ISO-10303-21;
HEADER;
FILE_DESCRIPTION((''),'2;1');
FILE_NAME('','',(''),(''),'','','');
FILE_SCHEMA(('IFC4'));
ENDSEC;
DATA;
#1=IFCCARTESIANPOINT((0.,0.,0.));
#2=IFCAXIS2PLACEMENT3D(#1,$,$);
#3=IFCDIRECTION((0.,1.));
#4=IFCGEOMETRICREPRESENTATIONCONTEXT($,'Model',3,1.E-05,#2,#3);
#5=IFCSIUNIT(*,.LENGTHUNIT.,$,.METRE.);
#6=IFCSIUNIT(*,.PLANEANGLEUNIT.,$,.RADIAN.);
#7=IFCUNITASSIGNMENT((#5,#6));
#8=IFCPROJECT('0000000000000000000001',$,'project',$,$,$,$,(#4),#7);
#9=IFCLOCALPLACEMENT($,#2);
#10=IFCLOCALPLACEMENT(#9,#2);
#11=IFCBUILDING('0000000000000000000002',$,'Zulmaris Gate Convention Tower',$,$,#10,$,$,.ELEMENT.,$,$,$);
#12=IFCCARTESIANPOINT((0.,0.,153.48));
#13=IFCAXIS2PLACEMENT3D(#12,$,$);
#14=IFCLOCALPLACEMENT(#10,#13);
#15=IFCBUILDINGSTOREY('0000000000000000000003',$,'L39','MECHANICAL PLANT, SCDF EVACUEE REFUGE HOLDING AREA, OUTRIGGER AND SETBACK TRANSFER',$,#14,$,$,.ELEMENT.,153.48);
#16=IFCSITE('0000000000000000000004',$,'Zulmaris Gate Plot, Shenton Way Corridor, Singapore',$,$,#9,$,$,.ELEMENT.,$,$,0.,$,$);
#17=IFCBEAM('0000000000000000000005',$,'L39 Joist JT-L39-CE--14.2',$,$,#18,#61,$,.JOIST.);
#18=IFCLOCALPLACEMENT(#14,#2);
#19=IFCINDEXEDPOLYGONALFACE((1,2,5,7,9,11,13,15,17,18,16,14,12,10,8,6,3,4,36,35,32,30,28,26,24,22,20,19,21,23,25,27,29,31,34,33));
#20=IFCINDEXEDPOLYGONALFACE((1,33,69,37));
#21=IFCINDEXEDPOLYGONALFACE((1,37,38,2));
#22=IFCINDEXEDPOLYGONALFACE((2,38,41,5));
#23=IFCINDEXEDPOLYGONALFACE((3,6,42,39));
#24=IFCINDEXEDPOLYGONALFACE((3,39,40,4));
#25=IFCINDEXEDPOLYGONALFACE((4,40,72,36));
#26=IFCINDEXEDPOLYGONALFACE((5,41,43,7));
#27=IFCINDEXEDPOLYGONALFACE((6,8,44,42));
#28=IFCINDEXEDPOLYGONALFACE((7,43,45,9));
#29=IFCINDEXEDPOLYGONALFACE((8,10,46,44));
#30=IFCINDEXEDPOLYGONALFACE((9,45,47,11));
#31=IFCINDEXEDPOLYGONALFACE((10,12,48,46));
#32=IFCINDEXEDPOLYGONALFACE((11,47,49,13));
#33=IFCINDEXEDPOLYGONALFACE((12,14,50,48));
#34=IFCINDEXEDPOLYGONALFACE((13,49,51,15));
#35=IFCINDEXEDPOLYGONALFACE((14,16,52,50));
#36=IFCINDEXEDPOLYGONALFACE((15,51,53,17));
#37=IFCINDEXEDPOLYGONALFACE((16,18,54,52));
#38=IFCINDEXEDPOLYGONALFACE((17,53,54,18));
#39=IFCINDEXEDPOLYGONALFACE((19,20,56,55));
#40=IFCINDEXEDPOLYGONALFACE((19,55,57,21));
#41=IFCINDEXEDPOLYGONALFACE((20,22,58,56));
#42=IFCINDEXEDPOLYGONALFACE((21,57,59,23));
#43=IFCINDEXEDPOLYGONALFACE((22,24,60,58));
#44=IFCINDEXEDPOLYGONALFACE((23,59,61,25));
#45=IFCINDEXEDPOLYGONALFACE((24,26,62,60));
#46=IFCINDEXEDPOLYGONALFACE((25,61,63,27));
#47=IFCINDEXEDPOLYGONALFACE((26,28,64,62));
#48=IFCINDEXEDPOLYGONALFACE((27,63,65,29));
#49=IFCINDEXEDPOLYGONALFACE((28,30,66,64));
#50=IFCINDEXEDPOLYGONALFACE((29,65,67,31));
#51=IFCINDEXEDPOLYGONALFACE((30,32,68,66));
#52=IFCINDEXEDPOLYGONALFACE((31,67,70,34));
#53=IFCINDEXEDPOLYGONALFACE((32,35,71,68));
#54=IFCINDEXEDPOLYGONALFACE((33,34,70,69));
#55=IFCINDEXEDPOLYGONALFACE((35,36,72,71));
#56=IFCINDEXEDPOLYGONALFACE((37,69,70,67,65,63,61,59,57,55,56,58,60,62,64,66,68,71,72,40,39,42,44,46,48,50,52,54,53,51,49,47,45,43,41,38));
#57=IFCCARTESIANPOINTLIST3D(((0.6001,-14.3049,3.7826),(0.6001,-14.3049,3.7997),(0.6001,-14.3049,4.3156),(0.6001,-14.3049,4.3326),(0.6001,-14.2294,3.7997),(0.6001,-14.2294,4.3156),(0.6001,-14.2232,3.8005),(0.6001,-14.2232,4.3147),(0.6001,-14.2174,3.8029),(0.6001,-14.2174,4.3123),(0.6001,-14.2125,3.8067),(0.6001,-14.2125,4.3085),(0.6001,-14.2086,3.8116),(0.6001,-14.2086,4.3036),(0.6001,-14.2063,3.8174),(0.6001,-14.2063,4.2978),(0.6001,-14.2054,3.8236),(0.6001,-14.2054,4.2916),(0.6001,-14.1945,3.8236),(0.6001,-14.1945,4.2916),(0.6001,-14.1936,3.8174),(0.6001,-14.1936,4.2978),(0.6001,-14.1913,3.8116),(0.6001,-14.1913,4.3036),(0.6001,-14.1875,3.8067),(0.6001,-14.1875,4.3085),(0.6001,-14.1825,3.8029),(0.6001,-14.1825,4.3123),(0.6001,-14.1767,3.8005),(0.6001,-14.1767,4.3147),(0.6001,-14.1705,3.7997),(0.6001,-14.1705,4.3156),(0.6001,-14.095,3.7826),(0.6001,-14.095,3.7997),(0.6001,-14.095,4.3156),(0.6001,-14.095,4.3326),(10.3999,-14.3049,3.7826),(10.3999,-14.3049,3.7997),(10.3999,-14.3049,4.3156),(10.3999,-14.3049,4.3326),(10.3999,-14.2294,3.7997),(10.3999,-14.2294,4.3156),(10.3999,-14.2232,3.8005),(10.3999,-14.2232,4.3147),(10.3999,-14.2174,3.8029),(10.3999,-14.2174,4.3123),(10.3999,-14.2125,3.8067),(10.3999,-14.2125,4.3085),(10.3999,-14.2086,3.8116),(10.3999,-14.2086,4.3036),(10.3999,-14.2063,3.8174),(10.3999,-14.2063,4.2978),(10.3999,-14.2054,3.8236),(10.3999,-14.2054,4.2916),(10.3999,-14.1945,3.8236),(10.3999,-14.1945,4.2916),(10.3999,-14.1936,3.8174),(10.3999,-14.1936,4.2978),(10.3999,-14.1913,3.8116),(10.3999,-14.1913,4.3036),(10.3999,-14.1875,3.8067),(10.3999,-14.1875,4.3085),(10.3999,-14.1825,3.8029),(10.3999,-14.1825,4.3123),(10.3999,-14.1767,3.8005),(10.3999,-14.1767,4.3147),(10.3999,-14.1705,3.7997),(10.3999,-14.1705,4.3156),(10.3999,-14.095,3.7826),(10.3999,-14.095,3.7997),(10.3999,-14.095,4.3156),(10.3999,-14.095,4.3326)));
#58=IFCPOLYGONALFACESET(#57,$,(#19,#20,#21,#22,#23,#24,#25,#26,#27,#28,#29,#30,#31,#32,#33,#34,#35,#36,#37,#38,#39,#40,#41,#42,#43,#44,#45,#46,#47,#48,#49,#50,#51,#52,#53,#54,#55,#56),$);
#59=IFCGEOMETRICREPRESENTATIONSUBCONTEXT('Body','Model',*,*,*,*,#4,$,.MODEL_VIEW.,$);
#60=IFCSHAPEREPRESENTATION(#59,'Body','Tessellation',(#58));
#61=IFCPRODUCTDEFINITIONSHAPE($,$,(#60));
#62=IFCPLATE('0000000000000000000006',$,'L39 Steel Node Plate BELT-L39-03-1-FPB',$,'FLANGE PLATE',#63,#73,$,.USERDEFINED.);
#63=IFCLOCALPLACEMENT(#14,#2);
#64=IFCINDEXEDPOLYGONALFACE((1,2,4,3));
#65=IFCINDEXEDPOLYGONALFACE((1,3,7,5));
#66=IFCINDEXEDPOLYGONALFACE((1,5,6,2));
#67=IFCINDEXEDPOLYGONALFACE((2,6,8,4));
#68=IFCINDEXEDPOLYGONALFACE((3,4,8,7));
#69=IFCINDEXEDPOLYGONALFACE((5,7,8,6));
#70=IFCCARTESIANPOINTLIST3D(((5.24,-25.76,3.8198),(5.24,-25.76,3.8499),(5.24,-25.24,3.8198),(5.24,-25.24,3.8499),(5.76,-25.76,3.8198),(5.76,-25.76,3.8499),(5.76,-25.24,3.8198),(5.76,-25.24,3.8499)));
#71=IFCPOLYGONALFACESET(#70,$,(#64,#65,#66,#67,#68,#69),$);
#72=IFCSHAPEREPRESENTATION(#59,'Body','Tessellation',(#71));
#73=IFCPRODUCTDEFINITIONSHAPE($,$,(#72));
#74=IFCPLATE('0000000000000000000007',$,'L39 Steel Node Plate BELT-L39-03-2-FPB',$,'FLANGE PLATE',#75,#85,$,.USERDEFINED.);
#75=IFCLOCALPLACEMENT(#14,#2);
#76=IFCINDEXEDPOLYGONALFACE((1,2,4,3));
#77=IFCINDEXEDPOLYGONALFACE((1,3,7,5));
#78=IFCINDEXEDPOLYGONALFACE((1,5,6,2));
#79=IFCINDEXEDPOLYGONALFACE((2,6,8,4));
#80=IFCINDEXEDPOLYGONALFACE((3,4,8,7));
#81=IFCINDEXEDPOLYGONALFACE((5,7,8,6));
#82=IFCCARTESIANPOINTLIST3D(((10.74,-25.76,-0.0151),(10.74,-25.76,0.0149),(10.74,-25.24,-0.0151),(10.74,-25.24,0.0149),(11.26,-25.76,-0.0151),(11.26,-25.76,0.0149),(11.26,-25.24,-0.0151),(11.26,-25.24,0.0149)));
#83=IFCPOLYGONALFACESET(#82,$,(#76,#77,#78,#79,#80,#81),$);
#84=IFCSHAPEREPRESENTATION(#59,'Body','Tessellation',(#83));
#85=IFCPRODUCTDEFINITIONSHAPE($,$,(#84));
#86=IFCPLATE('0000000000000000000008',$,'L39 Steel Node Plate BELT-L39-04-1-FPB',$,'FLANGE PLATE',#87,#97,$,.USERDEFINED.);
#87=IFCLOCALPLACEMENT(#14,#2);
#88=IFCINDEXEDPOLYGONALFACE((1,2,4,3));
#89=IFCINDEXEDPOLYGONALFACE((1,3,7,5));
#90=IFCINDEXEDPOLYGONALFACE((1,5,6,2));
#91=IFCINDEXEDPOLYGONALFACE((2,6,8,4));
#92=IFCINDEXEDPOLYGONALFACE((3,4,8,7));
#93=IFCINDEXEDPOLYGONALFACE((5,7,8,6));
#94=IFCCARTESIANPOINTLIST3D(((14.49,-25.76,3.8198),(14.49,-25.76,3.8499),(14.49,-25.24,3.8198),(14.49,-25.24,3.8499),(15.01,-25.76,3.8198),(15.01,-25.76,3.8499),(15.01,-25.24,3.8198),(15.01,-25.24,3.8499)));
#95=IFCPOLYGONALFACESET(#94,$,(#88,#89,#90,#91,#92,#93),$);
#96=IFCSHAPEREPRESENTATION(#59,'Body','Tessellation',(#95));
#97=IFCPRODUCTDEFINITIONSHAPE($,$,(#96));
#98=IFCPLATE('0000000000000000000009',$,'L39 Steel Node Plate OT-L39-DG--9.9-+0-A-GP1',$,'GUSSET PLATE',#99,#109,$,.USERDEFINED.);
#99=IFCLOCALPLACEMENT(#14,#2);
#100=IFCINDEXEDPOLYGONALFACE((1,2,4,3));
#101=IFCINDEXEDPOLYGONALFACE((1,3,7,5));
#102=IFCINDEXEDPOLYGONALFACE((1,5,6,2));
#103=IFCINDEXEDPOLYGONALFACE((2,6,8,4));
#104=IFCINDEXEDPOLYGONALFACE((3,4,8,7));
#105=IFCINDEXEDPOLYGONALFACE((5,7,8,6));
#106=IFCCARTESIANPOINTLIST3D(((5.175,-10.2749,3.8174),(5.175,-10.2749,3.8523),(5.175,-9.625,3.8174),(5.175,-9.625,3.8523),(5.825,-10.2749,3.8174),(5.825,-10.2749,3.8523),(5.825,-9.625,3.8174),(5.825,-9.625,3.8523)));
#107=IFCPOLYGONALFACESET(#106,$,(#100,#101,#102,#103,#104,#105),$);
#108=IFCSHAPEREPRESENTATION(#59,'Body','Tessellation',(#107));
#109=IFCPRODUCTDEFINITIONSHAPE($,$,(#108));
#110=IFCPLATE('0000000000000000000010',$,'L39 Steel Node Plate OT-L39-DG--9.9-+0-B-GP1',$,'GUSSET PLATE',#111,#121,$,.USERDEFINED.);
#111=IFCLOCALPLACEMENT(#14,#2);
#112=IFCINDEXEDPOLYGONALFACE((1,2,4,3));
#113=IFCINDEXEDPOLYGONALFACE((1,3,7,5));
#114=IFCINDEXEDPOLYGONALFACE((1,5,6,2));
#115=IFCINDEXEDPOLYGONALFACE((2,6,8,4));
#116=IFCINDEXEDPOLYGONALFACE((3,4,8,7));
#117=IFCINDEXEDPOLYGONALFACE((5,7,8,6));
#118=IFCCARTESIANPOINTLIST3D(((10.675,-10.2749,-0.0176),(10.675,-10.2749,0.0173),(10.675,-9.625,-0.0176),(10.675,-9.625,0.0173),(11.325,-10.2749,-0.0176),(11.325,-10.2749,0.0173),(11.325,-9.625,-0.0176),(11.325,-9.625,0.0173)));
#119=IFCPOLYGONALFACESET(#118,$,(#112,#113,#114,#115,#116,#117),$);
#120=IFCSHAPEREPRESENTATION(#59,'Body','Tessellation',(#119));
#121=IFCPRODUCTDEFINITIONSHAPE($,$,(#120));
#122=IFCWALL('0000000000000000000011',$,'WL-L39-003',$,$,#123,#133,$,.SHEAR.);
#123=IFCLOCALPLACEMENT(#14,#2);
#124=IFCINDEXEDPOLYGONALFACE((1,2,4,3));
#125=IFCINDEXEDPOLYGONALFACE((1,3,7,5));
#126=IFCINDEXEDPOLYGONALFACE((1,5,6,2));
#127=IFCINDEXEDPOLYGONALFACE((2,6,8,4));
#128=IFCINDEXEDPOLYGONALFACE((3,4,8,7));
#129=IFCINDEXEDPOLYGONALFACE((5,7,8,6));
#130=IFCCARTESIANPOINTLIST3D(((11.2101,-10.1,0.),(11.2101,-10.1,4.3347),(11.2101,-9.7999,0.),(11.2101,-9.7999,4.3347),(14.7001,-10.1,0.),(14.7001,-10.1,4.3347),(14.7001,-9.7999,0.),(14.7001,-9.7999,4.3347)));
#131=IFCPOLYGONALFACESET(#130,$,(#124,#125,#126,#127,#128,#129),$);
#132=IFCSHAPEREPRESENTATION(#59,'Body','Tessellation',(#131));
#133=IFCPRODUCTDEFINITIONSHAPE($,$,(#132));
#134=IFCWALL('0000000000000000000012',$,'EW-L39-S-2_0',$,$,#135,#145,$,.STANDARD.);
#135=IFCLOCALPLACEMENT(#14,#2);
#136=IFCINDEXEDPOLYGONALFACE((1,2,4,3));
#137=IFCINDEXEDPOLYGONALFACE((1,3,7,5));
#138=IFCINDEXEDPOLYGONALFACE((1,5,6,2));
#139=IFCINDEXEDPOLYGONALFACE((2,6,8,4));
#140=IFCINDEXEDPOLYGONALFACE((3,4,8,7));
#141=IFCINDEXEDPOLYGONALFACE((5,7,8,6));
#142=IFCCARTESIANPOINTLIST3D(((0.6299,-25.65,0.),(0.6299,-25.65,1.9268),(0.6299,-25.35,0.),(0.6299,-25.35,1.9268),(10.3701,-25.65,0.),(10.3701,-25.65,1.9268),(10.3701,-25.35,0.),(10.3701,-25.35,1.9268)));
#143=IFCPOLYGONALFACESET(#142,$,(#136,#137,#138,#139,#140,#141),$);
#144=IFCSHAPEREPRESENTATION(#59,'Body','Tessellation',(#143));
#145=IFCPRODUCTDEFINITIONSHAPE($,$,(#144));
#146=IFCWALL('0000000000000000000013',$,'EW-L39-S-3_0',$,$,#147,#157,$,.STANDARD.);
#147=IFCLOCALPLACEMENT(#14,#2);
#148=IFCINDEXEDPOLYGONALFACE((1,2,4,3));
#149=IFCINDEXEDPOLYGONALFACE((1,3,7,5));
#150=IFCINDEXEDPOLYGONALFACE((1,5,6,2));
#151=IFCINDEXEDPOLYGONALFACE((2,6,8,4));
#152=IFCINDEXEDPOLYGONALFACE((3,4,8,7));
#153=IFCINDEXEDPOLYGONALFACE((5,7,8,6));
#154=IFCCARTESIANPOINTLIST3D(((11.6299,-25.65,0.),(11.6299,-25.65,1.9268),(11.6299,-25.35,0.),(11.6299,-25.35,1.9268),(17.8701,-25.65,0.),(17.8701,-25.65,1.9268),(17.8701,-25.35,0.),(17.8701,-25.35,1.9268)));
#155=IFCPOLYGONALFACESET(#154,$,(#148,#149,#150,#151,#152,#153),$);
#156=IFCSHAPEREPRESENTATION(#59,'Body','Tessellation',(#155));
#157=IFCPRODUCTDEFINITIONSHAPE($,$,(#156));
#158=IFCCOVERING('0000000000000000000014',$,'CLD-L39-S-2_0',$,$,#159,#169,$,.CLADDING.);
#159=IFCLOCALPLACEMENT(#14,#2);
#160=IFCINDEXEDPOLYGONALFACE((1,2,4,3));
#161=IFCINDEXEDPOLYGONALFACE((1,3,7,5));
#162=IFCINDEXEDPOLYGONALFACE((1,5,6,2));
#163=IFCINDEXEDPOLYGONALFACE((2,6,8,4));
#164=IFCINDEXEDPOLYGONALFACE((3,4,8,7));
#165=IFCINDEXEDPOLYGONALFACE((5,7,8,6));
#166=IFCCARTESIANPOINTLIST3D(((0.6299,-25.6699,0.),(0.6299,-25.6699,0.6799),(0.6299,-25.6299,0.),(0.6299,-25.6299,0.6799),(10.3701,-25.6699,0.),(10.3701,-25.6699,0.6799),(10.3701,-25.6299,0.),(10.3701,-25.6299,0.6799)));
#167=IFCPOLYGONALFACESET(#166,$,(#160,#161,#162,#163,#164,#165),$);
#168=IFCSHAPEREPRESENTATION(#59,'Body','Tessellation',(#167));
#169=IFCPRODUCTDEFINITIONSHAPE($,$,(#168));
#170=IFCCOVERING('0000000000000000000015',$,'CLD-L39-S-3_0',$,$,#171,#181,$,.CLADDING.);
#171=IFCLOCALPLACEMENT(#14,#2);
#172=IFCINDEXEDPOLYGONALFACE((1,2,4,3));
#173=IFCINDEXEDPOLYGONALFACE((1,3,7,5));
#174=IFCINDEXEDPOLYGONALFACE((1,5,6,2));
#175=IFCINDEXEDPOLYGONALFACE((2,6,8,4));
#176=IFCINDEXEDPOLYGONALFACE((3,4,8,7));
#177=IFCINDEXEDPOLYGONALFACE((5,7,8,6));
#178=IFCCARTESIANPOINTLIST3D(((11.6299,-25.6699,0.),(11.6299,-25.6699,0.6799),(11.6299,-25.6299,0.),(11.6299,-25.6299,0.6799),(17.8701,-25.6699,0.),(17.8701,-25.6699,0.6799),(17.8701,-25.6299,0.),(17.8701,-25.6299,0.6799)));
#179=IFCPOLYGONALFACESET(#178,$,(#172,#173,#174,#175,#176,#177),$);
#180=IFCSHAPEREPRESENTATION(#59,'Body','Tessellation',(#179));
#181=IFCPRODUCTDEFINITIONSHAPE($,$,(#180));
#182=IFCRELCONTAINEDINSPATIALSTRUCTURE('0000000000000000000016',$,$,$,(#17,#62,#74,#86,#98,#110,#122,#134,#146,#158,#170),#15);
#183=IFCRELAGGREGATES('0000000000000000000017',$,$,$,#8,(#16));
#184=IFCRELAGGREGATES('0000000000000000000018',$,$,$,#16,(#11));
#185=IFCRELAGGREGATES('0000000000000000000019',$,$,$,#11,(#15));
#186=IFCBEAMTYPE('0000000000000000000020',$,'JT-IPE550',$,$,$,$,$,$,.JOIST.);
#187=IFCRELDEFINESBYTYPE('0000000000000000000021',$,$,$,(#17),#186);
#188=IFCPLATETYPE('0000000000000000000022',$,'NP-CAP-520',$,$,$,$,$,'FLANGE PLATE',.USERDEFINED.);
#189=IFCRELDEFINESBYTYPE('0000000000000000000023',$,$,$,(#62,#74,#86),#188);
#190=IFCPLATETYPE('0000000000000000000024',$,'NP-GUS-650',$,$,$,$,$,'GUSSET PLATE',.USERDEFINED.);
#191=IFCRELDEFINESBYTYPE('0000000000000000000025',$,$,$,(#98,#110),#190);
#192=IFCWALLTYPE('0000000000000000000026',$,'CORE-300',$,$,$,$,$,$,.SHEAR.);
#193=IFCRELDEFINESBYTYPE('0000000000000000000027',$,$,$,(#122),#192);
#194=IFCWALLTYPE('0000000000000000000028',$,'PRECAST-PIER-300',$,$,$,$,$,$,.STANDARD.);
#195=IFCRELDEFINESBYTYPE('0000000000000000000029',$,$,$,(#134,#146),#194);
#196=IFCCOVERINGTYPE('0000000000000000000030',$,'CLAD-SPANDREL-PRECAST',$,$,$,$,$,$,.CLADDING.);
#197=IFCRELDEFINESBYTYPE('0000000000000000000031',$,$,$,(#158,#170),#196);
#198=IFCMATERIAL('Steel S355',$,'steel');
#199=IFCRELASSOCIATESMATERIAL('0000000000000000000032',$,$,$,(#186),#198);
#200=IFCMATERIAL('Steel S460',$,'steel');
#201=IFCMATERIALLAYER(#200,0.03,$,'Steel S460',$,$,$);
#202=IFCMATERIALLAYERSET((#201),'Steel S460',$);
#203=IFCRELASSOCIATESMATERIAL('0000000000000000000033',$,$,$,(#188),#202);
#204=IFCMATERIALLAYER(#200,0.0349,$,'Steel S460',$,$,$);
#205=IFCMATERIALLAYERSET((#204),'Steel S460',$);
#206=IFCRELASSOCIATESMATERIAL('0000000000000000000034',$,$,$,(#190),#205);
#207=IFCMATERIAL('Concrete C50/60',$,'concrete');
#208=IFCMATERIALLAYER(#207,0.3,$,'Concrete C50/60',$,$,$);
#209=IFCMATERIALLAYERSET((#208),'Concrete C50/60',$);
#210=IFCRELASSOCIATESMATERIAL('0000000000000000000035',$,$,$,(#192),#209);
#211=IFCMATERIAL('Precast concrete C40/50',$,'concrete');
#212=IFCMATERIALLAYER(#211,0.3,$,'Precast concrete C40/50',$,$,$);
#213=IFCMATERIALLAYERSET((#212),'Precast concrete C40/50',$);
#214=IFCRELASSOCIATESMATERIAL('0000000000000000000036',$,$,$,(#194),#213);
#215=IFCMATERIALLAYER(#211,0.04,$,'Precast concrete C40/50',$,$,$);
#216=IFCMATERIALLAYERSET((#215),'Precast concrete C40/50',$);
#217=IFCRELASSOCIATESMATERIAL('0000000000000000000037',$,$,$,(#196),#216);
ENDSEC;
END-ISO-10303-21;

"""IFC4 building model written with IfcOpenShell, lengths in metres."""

from ifc_helpers import new_model, si_unit, direction, frame, frame_2d, origin, origin_2d, place, context, subcontext, project, spatial, rectangle, i_section, extrude, material, layer, layer_set, material_profile, profile_set, type_object, element, save


model = new_model("IFC4")

# Units and contexts
model_context = context("Model", 3, precision=1e-05, world=origin(), true_north=direction((0.0, 1.0)))
body_context = subcontext(model_context, "Body", "Model", "MODEL_VIEW")
ifc_project = project(units=[si_unit("LENGTHUNIT", "METRE"), si_unit("PLANEANGLEUNIT", "RADIAN")], contexts=[model_context])

# Site, building, storey
site_placement = place(None, origin())
site = spatial("IfcSite", under=ifc_project, at=site_placement, Name="Zulmaris Gate Plot, Shenton Way Corridor, Singapore", CompositionType="ELEMENT", RefElevation=0.0)
building_placement = place(site_placement, origin())
building = spatial("IfcBuilding", under=site, at=building_placement, Name="Zulmaris Gate Convention Tower", CompositionType="ELEMENT")
storey_placement = place(building_placement, frame((0.0, 0.0, 153.48)))
storey = spatial("IfcBuildingStorey", under=building, at=storey_placement, Name="L39", Description="MECHANICAL PLANT, SCDF EVACUEE REFUGE HOLDING AREA, OUTRIGGER AND SETBACK TRANSFER", CompositionType="ELEMENT", Elevation=153.48)

# Shared definitions
ifc_material_1 = material(Name="Steel S460", Category="steel")

# Beam
ifc_material_2 = material(Name="Steel S355", Category="steel")
ifc_material_profile_1 = material_profile(ifc_material_2, i_section(OverallWidth=0.21, OverallDepth=0.55, WebThickness=0.011, FlangeThickness=0.0171, FilletRadius=0.0239, at=origin_2d()), Name="IPE 550")
ifc_profile_set_1 = profile_set([ifc_material_profile_1], Name="Steel S355")
beam_type_1 = type_object("IfcBeamType", Name="JT-IPE550", PredefinedType="JOIST", material=ifc_profile_set_1)
for number, where, z_axis, x_axis, name in (
    (1, (0.6001, -14.2, 4.0576), (1.0, 0.0, 0.0), (0.0, 1.0, 0.0), "L39 Joist JT-L39-CE--14.2"),
):
    element("IfcBeam", number, at=place(storey_placement, frame(where, z_axis=z_axis, x_axis=x_axis)), inside=storey, type_object=beam_type_1, Name=name, PredefinedType="JOIST", context=body_context, shape_type="SweptSolid", body=[
        extrude(i_section(OverallWidth=0.21, OverallDepth=0.55, WebThickness=0.011, FlangeThickness=0.0171, FilletRadius=0.0239, at=origin_2d()), origin(), (0.0, 0.0, 1.0), 9.7998),
    ])

# Plates
ifc_layer_1 = layer(ifc_material_1, 0.03, Name="Steel S460")
ifc_layer_set_1 = layer_set([ifc_layer_1], Name="Steel S460")
plate_type_1 = type_object("IfcPlateType", Name="NP-CAP-520", ElementType="FLANGE PLATE", PredefinedType="USERDEFINED", material=ifc_layer_set_1)
for number, where, z_axis, x_axis, name in (
    (2, (5.5, -25.5, 3.8198), (0.0, 0.0, 1.0), (1.0, 0.0, 0.0), "L39 Steel Node Plate BELT-L39-03-1-FPB"),
    (3, (11.0, -25.5, -0.0151), (0.0, 0.0, 1.0), (1.0, 0.0, 0.0), "L39 Steel Node Plate BELT-L39-03-2-FPB"),
    (4, (14.75, -25.5, 3.8198), (0.0, 0.0, 1.0), (1.0, 0.0, 0.0), "L39 Steel Node Plate BELT-L39-04-1-FPB"),
):
    element("IfcPlate", number, at=place(storey_placement, frame(where, z_axis=z_axis, x_axis=x_axis)), inside=storey, type_object=plate_type_1, Name=name, ObjectType="FLANGE PLATE", PredefinedType="USERDEFINED", context=body_context, shape_type="SweptSolid", body=[
        extrude(rectangle(XDim=0.52, YDim=0.52, at=origin_2d()), origin(), (0.0, 0.0, 1.0), 0.03),
    ])
ifc_layer_2 = layer(ifc_material_1, 0.0349, Name="Steel S460")
ifc_layer_set_2 = layer_set([ifc_layer_2], Name="Steel S460")
plate_type_2 = type_object("IfcPlateType", Name="NP-GUS-650", ElementType="GUSSET PLATE", PredefinedType="USERDEFINED", material=ifc_layer_set_2)
for number, where, z_axis, x_axis, name in (
    (5, (5.5, -9.95, 3.8174), (0.0, 0.0, 1.0), (1.0, 0.0, 0.0), "L39 Steel Node Plate OT-L39-DG--9.9-+0-A-GP1"),
    (6, (11.0, -9.95, -0.0176), (0.0, 0.0, 1.0), (1.0, 0.0, 0.0), "L39 Steel Node Plate OT-L39-DG--9.9-+0-B-GP1"),
):
    element("IfcPlate", number, at=place(storey_placement, frame(where, z_axis=z_axis, x_axis=x_axis)), inside=storey, type_object=plate_type_2, Name=name, ObjectType="GUSSET PLATE", PredefinedType="USERDEFINED", context=body_context, shape_type="SweptSolid", body=[
        extrude(rectangle(XDim=0.6499, YDim=0.6499, at=origin_2d()), origin(), (0.0, 0.0, 1.0), 0.0349),
    ])

# Wall
ifc_material_3 = material(Name="Concrete C50/60", Category="concrete")
ifc_layer_3 = layer(ifc_material_3, 0.3, Name="Concrete C50/60")
ifc_layer_set_3 = layer_set([ifc_layer_3], Name="Concrete C50/60")
wall_type_1 = type_object("IfcWallType", Name="CORE-300", PredefinedType="SHEAR", material=ifc_layer_set_3)
wall_1_placement = place(storey_placement, frame((11.21, -9.95, 0.0), z_axis=(0.0, 0.0, 1.0), x_axis=(1.0, 0.0, 0.0)))
element("IfcWall", 7, at=wall_1_placement, inside=storey, type_object=wall_type_1, Name="WL-L39-003", PredefinedType="SHEAR", context=body_context, shape_type="SweptSolid", body=[
    extrude(rectangle(XDim=3.49, YDim=0.3, at=frame_2d((1.7451, 0.0))), origin(), (0.0, 0.0, 1.0), 4.3347),
])

# Walls
ifc_material_4 = material(Name="Precast concrete C40/50", Category="concrete")
ifc_layer_4 = layer(ifc_material_4, 0.3, Name="Precast concrete C40/50")
ifc_layer_set_4 = layer_set([ifc_layer_4], Name="Precast concrete C40/50")
wall_type_2 = type_object("IfcWallType", Name="PRECAST-PIER-300", PredefinedType="STANDARD", material=ifc_layer_set_4)
wall_2_placement = place(storey_placement, frame((0.6299, -25.5, 0.0), z_axis=(0.0, 0.0, 1.0), x_axis=(1.0, 0.0, 0.0)))
element("IfcWall", 8, at=wall_2_placement, inside=storey, type_object=wall_type_2, Name="EW-L39-S-2_0", PredefinedType="STANDARD", context=body_context, shape_type="SweptSolid", body=[
    extrude(rectangle(XDim=9.7402, YDim=0.3, at=frame_2d((4.8701, 0.0))), origin(), (0.0, 0.0, 1.0), 1.9268),
])
wall_3_placement = place(storey_placement, frame((11.6299, -25.5, 0.0), z_axis=(0.0, 0.0, 1.0), x_axis=(1.0, 0.0, 0.0)))
element("IfcWall", 9, at=wall_3_placement, inside=storey, type_object=wall_type_2, Name="EW-L39-S-3_0", PredefinedType="STANDARD", context=body_context, shape_type="SweptSolid", body=[
    extrude(rectangle(XDim=6.2402, YDim=0.3, at=frame_2d((3.1201, 0.0))), origin(), (0.0, 0.0, 1.0), 1.9268),
])

# Coverings
ifc_layer_5 = layer(ifc_material_4, 0.04, Name="Precast concrete C40/50")
ifc_layer_set_5 = layer_set([ifc_layer_5], Name="Precast concrete C40/50")
covering_type = type_object("IfcCoveringType", Name="CLAD-SPANDREL-PRECAST", PredefinedType="CLADDING", material=ifc_layer_set_5)
covering_1_placement = place(storey_placement, frame((0.6299, -25.6499, 0.0), z_axis=(0.0, 0.0, 1.0), x_axis=(1.0, 0.0, 0.0)))
element("IfcCovering", 10, at=covering_1_placement, inside=storey, type_object=covering_type, Name="CLD-L39-S-2_0", PredefinedType="CLADDING", context=body_context, shape_type="SweptSolid", body=[
    extrude(rectangle(XDim=9.7402, YDim=0.04, at=frame_2d((4.8701, 0.0))), origin(), (0.0, 0.0, 1.0), 0.6799),
])
covering_2_placement = place(storey_placement, frame((11.6299, -25.6499, 0.0), z_axis=(0.0, 0.0, 1.0), x_axis=(1.0, 0.0, 0.0)))
element("IfcCovering", 11, at=covering_2_placement, inside=storey, type_object=covering_type, Name="CLD-L39-S-3_0", PredefinedType="CLADDING", context=body_context, shape_type="SweptSolid", body=[
    extrude(rectangle(XDim=6.2402, YDim=0.04, at=frame_2d((3.1201, 0.0))), origin(), (0.0, 0.0, 1.0), 0.6799),
])

save(model, "model.ifc")
